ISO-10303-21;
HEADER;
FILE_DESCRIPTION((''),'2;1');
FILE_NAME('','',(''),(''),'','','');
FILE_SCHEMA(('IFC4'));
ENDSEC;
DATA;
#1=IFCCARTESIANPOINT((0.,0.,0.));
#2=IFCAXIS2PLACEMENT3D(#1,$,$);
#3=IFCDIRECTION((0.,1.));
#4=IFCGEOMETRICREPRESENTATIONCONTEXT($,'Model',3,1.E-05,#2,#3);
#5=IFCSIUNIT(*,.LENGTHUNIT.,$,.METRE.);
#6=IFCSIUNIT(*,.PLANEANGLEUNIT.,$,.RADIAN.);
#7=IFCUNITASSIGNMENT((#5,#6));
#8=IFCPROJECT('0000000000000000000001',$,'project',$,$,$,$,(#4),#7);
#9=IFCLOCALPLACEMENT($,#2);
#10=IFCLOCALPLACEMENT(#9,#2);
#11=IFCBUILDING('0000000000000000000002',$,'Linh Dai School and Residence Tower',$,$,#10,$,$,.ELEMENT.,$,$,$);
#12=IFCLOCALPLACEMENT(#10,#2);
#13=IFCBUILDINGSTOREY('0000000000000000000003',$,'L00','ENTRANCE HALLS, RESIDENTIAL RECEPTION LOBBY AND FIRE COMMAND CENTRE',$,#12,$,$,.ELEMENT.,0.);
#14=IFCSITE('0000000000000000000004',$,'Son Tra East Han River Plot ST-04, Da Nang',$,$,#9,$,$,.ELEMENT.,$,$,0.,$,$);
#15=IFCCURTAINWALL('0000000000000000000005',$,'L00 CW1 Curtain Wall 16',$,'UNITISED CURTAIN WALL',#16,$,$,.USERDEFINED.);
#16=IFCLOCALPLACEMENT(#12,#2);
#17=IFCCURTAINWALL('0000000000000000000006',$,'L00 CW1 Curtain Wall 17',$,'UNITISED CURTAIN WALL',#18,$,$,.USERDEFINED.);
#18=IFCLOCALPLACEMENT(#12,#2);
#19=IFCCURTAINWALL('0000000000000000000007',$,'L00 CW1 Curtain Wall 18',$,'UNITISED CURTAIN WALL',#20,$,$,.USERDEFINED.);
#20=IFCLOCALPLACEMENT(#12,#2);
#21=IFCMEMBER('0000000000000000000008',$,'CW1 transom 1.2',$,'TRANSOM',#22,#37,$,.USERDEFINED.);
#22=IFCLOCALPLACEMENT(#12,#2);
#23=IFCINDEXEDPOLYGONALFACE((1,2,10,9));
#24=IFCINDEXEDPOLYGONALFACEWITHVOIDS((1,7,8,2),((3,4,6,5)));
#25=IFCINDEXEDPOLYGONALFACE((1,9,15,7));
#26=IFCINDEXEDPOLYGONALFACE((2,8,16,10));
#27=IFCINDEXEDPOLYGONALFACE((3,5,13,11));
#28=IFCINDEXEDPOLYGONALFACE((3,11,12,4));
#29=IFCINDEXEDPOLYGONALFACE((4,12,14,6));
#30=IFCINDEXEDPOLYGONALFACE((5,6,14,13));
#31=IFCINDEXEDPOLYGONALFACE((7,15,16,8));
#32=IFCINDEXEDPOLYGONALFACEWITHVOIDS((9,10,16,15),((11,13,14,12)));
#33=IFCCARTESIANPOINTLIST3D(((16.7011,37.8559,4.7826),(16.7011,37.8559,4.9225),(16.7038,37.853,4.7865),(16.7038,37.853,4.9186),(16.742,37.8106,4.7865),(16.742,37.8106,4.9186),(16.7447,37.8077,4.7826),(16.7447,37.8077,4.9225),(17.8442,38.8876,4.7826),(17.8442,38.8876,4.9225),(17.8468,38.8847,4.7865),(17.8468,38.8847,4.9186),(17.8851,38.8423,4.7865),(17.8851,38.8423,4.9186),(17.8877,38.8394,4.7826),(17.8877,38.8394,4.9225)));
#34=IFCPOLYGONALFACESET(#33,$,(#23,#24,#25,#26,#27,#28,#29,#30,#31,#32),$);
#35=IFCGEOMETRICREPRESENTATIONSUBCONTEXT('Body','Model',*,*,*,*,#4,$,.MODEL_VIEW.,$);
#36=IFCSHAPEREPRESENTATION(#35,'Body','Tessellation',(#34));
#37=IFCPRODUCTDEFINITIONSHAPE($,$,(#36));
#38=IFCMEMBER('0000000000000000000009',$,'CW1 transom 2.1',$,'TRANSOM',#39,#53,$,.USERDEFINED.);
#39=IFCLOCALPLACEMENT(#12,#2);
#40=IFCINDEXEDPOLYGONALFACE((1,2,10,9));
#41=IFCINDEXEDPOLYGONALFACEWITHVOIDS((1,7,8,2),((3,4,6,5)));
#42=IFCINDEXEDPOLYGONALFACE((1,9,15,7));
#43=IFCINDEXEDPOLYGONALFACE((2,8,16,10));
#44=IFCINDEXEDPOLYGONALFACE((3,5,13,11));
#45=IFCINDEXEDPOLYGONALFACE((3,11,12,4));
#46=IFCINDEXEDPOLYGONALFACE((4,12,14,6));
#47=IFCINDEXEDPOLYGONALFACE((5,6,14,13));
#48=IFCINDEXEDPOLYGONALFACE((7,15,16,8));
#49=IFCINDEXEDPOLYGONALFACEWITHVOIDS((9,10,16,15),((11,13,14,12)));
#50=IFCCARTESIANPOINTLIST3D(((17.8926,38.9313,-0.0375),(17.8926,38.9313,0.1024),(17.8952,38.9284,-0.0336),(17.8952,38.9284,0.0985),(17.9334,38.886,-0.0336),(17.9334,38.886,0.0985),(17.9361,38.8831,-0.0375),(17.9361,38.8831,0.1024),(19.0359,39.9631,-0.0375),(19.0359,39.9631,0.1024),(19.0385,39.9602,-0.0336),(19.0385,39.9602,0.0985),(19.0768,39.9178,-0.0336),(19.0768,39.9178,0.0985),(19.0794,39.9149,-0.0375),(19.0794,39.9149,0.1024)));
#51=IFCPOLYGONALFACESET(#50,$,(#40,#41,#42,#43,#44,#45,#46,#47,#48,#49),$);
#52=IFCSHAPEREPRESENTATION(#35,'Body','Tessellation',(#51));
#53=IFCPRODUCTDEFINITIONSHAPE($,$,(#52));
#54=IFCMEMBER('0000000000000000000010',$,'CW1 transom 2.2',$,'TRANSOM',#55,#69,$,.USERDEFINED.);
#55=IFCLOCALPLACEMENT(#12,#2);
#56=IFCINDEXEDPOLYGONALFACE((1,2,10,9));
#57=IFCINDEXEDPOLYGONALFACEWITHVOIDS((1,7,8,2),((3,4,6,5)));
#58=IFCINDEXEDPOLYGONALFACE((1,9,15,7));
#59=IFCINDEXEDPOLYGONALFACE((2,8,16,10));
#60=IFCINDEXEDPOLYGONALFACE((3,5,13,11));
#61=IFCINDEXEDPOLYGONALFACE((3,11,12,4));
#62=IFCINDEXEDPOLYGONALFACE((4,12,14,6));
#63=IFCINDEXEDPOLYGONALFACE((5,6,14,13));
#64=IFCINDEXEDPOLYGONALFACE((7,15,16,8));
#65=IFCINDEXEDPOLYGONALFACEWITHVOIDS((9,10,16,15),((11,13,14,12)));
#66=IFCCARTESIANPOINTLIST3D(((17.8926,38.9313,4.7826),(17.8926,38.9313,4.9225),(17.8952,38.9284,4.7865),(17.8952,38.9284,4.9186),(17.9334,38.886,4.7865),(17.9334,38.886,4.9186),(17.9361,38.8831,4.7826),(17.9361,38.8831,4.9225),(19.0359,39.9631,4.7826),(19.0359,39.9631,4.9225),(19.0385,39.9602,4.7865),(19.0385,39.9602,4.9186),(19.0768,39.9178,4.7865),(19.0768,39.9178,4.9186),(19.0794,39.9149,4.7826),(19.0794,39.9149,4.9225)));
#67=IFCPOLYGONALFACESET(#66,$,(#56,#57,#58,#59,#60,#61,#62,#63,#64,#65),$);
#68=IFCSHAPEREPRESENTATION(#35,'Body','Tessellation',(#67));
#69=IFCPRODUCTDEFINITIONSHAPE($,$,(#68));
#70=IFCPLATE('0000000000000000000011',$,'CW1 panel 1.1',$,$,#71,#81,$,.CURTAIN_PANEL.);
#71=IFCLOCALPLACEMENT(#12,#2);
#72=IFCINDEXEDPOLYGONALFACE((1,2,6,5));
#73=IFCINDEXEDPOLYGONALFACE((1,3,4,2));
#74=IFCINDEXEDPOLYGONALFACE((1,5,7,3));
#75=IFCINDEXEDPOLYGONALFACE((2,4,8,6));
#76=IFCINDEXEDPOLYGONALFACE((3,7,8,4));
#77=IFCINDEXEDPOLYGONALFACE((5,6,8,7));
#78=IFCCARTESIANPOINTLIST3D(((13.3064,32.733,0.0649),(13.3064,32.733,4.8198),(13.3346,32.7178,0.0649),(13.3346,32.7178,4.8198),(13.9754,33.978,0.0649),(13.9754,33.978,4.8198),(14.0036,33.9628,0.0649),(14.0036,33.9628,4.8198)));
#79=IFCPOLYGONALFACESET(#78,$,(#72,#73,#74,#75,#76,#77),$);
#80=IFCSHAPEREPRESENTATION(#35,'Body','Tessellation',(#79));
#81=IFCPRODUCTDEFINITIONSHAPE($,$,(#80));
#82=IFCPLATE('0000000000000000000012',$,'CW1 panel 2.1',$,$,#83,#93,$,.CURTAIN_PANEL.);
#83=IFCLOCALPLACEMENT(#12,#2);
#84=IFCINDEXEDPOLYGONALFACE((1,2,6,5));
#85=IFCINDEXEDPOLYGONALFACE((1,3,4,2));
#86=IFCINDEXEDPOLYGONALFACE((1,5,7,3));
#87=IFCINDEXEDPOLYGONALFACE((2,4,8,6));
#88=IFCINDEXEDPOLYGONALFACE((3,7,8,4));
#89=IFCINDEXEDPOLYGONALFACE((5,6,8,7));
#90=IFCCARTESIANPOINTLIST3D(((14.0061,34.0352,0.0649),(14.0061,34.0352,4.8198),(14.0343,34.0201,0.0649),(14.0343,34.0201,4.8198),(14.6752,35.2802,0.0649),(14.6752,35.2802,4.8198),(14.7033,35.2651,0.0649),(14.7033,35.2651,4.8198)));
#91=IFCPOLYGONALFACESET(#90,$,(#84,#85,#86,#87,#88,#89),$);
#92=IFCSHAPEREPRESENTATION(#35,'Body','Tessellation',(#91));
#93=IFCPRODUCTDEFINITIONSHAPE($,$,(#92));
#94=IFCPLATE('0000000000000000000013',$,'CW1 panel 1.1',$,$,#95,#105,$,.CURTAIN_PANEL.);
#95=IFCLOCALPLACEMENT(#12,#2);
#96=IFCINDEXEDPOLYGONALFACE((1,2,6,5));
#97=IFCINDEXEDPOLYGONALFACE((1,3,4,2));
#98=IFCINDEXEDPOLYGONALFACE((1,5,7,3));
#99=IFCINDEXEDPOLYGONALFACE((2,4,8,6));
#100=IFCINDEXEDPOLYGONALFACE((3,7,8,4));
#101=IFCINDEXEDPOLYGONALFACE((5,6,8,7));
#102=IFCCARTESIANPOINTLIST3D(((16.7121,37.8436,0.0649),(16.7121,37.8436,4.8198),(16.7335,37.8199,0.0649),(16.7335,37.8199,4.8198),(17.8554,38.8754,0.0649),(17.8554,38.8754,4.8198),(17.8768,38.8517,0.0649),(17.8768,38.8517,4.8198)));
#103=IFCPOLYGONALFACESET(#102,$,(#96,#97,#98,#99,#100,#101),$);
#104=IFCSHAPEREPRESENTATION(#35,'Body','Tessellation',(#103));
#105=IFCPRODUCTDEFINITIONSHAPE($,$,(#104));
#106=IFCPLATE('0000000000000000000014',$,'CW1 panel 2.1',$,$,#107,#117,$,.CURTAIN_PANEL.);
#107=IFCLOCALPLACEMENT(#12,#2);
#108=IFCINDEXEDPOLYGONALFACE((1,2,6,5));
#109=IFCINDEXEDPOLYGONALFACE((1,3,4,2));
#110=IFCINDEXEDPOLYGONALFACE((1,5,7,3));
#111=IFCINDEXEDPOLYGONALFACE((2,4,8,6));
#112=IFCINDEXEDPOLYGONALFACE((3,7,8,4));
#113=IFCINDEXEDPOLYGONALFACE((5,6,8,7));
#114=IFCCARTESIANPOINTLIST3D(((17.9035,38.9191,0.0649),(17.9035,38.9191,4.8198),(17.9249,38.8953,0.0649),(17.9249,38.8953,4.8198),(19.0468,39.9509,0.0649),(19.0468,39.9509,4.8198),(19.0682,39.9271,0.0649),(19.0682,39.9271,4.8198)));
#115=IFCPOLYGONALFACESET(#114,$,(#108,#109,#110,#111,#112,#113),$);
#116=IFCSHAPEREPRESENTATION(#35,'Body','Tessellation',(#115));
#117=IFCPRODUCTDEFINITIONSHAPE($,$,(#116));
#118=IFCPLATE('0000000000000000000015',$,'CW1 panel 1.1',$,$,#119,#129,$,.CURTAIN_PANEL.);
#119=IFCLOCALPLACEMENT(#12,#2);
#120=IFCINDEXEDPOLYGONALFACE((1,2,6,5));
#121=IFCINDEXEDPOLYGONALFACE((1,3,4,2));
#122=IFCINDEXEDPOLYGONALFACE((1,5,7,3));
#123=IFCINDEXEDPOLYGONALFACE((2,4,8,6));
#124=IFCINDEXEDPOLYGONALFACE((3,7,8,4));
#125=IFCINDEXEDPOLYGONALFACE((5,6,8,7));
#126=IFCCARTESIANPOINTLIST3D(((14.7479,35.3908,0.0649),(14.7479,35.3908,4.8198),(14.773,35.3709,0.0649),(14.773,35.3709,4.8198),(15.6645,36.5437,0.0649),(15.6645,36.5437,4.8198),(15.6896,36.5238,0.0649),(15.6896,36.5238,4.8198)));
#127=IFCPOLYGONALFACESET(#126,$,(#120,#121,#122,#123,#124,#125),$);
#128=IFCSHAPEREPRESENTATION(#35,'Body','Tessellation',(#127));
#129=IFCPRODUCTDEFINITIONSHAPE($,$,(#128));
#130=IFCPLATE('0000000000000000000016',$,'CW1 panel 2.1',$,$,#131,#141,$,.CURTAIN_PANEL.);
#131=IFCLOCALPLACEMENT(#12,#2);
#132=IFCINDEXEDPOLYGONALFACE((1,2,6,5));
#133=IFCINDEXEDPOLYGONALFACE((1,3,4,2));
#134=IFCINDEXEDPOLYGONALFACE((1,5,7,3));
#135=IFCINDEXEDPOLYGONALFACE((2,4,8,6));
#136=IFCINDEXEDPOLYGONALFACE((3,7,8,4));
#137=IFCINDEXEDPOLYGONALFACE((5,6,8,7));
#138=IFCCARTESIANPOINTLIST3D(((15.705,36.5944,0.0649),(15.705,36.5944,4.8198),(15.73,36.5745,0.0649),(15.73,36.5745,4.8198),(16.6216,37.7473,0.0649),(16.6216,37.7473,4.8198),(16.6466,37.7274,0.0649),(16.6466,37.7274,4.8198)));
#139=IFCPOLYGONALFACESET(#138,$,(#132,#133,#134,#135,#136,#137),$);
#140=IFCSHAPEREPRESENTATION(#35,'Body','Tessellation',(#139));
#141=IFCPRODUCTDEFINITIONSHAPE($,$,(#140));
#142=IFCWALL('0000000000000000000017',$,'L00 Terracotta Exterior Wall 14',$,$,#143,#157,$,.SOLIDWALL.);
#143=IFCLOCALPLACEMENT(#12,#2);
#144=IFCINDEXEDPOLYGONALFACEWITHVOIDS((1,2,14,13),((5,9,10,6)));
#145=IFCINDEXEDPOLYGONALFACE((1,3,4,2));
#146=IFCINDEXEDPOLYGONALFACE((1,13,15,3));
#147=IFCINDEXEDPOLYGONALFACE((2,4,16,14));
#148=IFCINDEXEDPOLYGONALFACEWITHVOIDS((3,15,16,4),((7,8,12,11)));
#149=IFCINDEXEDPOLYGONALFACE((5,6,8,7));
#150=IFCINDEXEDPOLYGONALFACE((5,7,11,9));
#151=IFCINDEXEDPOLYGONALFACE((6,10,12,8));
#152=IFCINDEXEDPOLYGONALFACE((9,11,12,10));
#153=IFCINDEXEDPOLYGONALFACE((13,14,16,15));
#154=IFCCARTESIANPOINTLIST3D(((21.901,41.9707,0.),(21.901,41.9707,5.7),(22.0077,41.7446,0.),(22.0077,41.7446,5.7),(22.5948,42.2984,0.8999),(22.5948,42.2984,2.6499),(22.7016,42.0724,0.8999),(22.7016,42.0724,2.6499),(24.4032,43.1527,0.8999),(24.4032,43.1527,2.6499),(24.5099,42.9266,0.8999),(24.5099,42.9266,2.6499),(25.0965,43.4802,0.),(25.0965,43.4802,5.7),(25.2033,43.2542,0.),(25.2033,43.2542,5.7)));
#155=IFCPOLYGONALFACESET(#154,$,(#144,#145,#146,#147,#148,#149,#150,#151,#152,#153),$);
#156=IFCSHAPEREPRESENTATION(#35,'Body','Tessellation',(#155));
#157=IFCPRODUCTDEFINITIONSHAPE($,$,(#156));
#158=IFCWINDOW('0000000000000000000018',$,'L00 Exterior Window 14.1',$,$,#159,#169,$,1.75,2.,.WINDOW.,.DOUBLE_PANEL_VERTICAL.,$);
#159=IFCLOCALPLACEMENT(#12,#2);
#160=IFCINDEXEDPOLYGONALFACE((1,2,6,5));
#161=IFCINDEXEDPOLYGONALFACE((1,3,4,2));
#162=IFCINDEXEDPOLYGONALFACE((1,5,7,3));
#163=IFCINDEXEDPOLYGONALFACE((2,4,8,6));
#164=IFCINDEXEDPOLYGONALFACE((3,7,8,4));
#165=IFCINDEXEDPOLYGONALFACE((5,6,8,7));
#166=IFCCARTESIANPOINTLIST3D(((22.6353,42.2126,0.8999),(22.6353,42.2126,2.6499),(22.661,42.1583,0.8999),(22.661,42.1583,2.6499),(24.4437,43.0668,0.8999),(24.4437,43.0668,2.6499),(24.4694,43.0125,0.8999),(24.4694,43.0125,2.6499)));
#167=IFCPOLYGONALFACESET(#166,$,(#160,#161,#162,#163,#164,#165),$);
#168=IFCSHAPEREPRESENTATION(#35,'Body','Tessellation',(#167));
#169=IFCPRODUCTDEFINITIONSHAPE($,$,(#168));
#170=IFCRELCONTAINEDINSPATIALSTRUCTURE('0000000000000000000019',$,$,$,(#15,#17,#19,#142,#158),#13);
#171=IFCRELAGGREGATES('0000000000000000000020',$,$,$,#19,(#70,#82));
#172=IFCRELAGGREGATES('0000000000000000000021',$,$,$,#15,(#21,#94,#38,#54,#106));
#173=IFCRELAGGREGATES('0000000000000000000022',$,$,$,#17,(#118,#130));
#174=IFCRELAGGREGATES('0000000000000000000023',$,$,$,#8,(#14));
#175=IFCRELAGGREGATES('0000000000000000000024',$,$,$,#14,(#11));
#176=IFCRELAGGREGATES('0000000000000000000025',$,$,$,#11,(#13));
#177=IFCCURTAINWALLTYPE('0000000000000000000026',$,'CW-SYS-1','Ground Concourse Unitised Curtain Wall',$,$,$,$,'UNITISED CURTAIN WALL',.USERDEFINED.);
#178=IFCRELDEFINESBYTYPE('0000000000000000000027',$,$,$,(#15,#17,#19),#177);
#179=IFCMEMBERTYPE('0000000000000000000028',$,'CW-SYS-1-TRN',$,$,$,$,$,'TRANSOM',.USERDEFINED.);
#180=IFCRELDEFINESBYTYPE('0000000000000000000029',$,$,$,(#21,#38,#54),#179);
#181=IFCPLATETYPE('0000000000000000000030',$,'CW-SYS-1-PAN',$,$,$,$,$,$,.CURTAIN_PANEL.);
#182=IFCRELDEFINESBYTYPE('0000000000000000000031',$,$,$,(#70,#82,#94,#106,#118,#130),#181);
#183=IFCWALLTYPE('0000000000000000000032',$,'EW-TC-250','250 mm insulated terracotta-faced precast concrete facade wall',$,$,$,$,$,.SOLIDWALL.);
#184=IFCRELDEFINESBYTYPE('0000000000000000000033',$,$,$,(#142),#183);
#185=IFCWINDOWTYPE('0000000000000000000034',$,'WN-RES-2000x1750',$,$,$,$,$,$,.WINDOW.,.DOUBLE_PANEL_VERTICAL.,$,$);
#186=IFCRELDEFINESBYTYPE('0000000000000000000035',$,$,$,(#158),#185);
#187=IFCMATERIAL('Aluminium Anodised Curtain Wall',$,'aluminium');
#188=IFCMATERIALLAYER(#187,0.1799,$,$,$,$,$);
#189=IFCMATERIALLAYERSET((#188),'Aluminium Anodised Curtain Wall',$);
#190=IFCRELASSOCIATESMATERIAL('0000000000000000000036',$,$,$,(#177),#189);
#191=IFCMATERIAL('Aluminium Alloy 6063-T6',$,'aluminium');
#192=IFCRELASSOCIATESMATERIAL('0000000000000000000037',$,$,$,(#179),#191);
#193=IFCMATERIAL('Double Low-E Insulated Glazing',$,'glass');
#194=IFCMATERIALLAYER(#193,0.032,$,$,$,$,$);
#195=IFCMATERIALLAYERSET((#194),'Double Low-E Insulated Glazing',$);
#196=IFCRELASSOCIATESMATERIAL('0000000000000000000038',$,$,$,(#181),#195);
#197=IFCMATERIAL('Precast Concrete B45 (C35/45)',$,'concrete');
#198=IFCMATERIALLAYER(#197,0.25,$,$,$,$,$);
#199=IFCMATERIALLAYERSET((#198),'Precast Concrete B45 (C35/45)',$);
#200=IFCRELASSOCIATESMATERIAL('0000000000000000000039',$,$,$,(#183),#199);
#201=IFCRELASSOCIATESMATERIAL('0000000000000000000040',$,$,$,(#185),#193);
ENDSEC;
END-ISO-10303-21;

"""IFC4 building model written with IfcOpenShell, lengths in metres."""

from ifc_helpers import new_model, si_unit, direction, frame, frame_2d, origin, origin_2d, place, context, subcontext, project, spatial, rectangle, hollow_rectangle, extrude, source, transform, mapped, material, layer, layer_set, material_profile, profile_set, type_object, element, fill, aggregate, save


model = new_model("IFC4")

# Units and contexts
model_context = context("Model", 3, precision=1e-05, world=origin(), true_north=direction((0.0, 1.0)))
body_context = subcontext(model_context, "Body", "Model", "MODEL_VIEW")
ifc_project = project(units=[si_unit("LENGTHUNIT", "METRE"), si_unit("PLANEANGLEUNIT", "RADIAN")], contexts=[model_context])

# Site, building, storey
site_placement = place(None, origin())
site = spatial("IfcSite", under=ifc_project, at=site_placement, Name="Son Tra East Han River Plot ST-04, Da Nang", CompositionType="ELEMENT", RefElevation=0.0)
building_placement = place(site_placement, origin())
building = spatial("IfcBuilding", under=site, at=building_placement, Name="Linh Dai School and Residence Tower", CompositionType="ELEMENT")
storey_placement = place(building_placement, origin())
storey = spatial("IfcBuildingStorey", under=building, at=storey_placement, Name="L00", Description="ENTRANCE HALLS, RESIDENTIAL RECEPTION LOBBY AND FIRE COMMAND CENTRE", CompositionType="ELEMENT", Elevation=0.0)

# Curtain walls
ifc_material_1 = material(Name="Aluminium Anodised Curtain Wall", Category="aluminium")
ifc_layer_1 = layer(ifc_material_1, 0.1799)
ifc_layer_set_1 = layer_set([ifc_layer_1], Name="Aluminium Anodised Curtain Wall")
curtain_wall_type = type_object("IfcCurtainWallType", Name="CW-SYS-1", Description="Ground Concourse Unitised Curtain Wall", ElementType="UNITISED CURTAIN WALL", PredefinedType="USERDEFINED", material=ifc_layer_set_1)
curtain_wall_1_placement = place(storey_placement, origin())
curtain_wall_1 = element("IfcCurtainWall", 1, at=curtain_wall_1_placement, inside=storey, type_object=curtain_wall_type, Name="L00 CW1 Curtain Wall 16", ObjectType="UNITISED CURTAIN WALL", PredefinedType="USERDEFINED")
ifc_material_2 = material(Name="Aluminium Alloy 6063-T6", Category="aluminium")
curtain_wall_2_placement = place(storey_placement, origin())
curtain_wall_2 = element("IfcCurtainWall", 2, at=curtain_wall_2_placement, inside=storey, type_object=curtain_wall_type, Name="L00 CW1 Curtain Wall 17", ObjectType="UNITISED CURTAIN WALL", PredefinedType="USERDEFINED")
curtain_wall_3_placement = place(storey_placement, origin())
curtain_wall_3 = element("IfcCurtainWall", 3, at=curtain_wall_3_placement, inside=storey, type_object=curtain_wall_type, Name="L00 CW1 Curtain Wall 18", ObjectType="UNITISED CURTAIN WALL", PredefinedType="USERDEFINED")
ifc_material_profile_1 = material_profile(ifc_material_2, hollow_rectangle(XDim=0.0649, YDim=0.1399, WallThickness=0.0039, at=origin_2d()), Name="RHS 140x65x4")
ifc_profile_set_1 = profile_set([ifc_material_profile_1], Name="Aluminium Alloy 6063-T6")
member_type_1 = type_object("IfcMemberType", Name="CW-SYS-1-TRN", ElementType="TRANSOM", PredefinedType="USERDEFINED", material=ifc_profile_set_1)

# Members
shared_shape_1 = source(origin(), body_context, "Body", "SweptSolid", [
    extrude(hollow_rectangle(XDim=0.0649, YDim=0.1399, WallThickness=0.0039, at=origin_2d()), origin(), (0.0, 0.0, 1.0), 1.5398),
])
member_1_placement = place(storey_placement, frame((16.7229, 37.8318, 4.8525), z_axis=(0.742332, 0.670033, 0.0), x_axis=(-0.670033, 0.742332, 0.0)))
member_1 = element("IfcMember", 4, at=member_1_placement, type_object=member_type_1, Name="CW1 transom 1.2", ObjectType="TRANSOM", PredefinedType="USERDEFINED", context=body_context, shape_type="MappedRepresentation", body=[
    mapped(shared_shape_1, transform((0.0, 0.0, 0.0), x_axis=(1.0, 0.0, 0.0), y_axis=(0.0, 1.0, 0.0), z_axis=(0.0, 0.0, 1.0), scale=1.0)),
])
shared_shape_2 = source(origin(), body_context, "Body", "SweptSolid", [
    extrude(hollow_rectangle(XDim=0.0649, YDim=0.1399, WallThickness=0.0039, at=origin_2d()), origin(), (0.0, 0.0, 1.0), 1.54),
])
member_2_placement = place(storey_placement, frame((17.9143, 38.9072, 0.0325), z_axis=(0.742403, 0.669954, 0.0), x_axis=(-0.669954, 0.742403, 0.0)))
member_2 = element("IfcMember", 5, at=member_2_placement, type_object=member_type_1, Name="CW1 transom 2.1", ObjectType="TRANSOM", PredefinedType="USERDEFINED", context=body_context, shape_type="MappedRepresentation", body=[
    mapped(shared_shape_2, transform((0.0, 0.0, 0.0), x_axis=(1.0, 0.0, 0.0), y_axis=(0.0, 1.0, 0.0), z_axis=(0.0, 0.0, 1.0), scale=1.0)),
])
member_3_placement = place(storey_placement, frame((17.9143, 38.9072, 4.8525), z_axis=(0.742403, 0.669954, 0.0), x_axis=(-0.669954, 0.742403, 0.0)))
member_3 = element("IfcMember", 6, at=member_3_placement, type_object=member_type_1, Name="CW1 transom 2.2", ObjectType="TRANSOM", PredefinedType="USERDEFINED", context=body_context, shape_type="MappedRepresentation", body=[
    mapped(shared_shape_2, transform((0.0, 0.0, 0.0), x_axis=(1.0, 0.0, 0.0), y_axis=(0.0, 1.0, 0.0), z_axis=(0.0, 0.0, 1.0), scale=1.0)),
])

# Plates
ifc_material_3 = material(Name="Double Low-E Insulated Glazing", Category="glass")
ifc_layer_2 = layer(ifc_material_3, 0.032)
ifc_layer_set_2 = layer_set([ifc_layer_2], Name="Double Low-E Insulated Glazing")
plate_type = type_object("IfcPlateType", Name="CW-SYS-1-PAN", PredefinedType="CURTAIN_PANEL", material=ifc_layer_set_2)
shared_shape_3 = source(origin(), body_context, "Body", "SweptSolid", [
    extrude(rectangle(XDim=1.4133, YDim=0.032, at=origin_2d()), origin(), (0.0, 0.0, 1.0), 4.7549),
])
plate_1_placement = place(storey_placement, frame((13.655, 33.3479, 0.0649), z_axis=(0.0, 0.0, 1.0), x_axis=(0.473355, 0.880872, 0.0)))
plate_1 = element("IfcPlate", 7, at=plate_1_placement, type_object=plate_type, Name="CW1 panel 1.1", PredefinedType="CURTAIN_PANEL", context=body_context, shape_type="MappedRepresentation", body=[
    mapped(shared_shape_3, transform((0.0, 0.0, 0.0), x_axis=(1.0, 0.0, 0.0), y_axis=(0.0, 1.0, 0.0), z_axis=(0.0, 0.0, 1.0), scale=1.0)),
])
plate_2_placement = place(storey_placement, frame((14.3547, 34.6501, 0.0649), z_axis=(0.0, 0.0, 1.0), x_axis=(0.473355, 0.880872, 0.0)))
plate_2 = element("IfcPlate", 8, at=plate_2_placement, type_object=plate_type, Name="CW1 panel 2.1", PredefinedType="CURTAIN_PANEL", context=body_context, shape_type="MappedRepresentation", body=[
    mapped(shared_shape_3, transform((0.0, 0.0, 0.0), x_axis=(1.0, 0.0, 0.0), y_axis=(0.0, 1.0, 0.0), z_axis=(0.0, 0.0, 1.0), scale=1.0)),
])
aggregate(curtain_wall_3, [plate_1, plate_2])
shared_shape_4 = source(origin(), body_context, "Body", "SweptSolid", [
    extrude(rectangle(XDim=1.54, YDim=0.032, at=origin_2d()), origin(), (0.0, 0.0, 1.0), 4.7549),
])
plate_3_placement = place(storey_placement, frame((17.2944, 38.3477, 0.0649), z_axis=(0.0, 0.0, 1.0), x_axis=(0.742366, 0.669995, 0.0)))
plate_3 = element("IfcPlate", 9, at=plate_3_placement, type_object=plate_type, Name="CW1 panel 1.1", PredefinedType="CURTAIN_PANEL", context=body_context, shape_type="MappedRepresentation", body=[
    mapped(shared_shape_4, transform((0.0, 0.0, 0.0), x_axis=(1.0, 0.0, 0.0), y_axis=(0.0, 1.0, 0.0), z_axis=(0.0, 0.0, 1.0), scale=1.0)),
])
plate_4_placement = place(storey_placement, frame((18.4858, 39.4231, 0.0649), z_axis=(0.0, 0.0, 1.0), x_axis=(0.742366, 0.669995, 0.0)))
plate_4 = element("IfcPlate", 10, at=plate_4_placement, type_object=plate_type, Name="CW1 panel 2.1", PredefinedType="CURTAIN_PANEL", context=body_context, shape_type="MappedRepresentation", body=[
    mapped(shared_shape_4, transform((0.0, 0.0, 0.0), x_axis=(1.0, 0.0, 0.0), y_axis=(0.0, 1.0, 0.0), z_axis=(0.0, 0.0, 1.0), scale=1.0)),
])
aggregate(curtain_wall_1, [member_1, plate_3, member_2, member_3, plate_4])
shared_shape_5 = source(origin(), body_context, "Body", "SweptSolid", [
    extrude(rectangle(XDim=1.4729, YDim=0.032, at=origin_2d()), origin(), (0.0, 0.0, 1.0), 4.7549),
])
plate_5_placement = place(storey_placement, frame((15.2188, 35.9573, 0.0649), z_axis=(0.0, 0.0, 1.0), x_axis=(0.62231, 0.782771, 0.0)))
plate_5 = element("IfcPlate", 11, at=plate_5_placement, type_object=plate_type, Name="CW1 panel 1.1", PredefinedType="CURTAIN_PANEL", context=body_context, shape_type="MappedRepresentation", body=[
    mapped(shared_shape_5, transform((0.0, 0.0, 0.0), x_axis=(1.0, 0.0, 0.0), y_axis=(0.0, 1.0, 0.0), z_axis=(0.0, 0.0, 1.0), scale=1.0)),
])
plate_6_placement = place(storey_placement, frame((16.1758, 37.1609, 0.0649), z_axis=(0.0, 0.0, 1.0), x_axis=(0.62231, 0.782771, 0.0)))
plate_6 = element("IfcPlate", 12, at=plate_6_placement, type_object=plate_type, Name="CW1 panel 2.1", PredefinedType="CURTAIN_PANEL", context=body_context, shape_type="MappedRepresentation", body=[
    mapped(shared_shape_5, transform((0.0, 0.0, 0.0), x_axis=(1.0, 0.0, 0.0), y_axis=(0.0, 1.0, 0.0), z_axis=(0.0, 0.0, 1.0), scale=1.0)),
])
aggregate(curtain_wall_2, [plate_5, plate_6])

# Wall, opening, window
ifc_material_4 = material(Name="Precast Concrete B45 (C35/45)", Category="concrete")
ifc_layer_3 = layer(ifc_material_4, 0.25)
ifc_layer_set_3 = layer_set([ifc_layer_3], Name="Precast Concrete B45 (C35/45)")
wall_type_1 = type_object("IfcWallType", Name="EW-TC-250", Description="250 mm insulated terracotta-faced precast concrete facade wall", PredefinedType="SOLIDWALL", material=ifc_layer_set_3)
wall_1_placement = place(storey_placement, frame((21.9543, 41.8577, 0.0), z_axis=(0.0, 0.0, 1.0), x_axis=(0.904193, 0.427124, 0.0)))
wall_1 = element("IfcWall", 13, at=wall_1_placement, inside=storey, type_object=wall_type_1, Name="L00 Terracotta Exterior Wall 14", PredefinedType="SOLIDWALL", context=body_context, shape_type="SweptSolid", body=[
    extrude(rectangle(XDim=3.5342, YDim=0.25, at=frame_2d((1.7671, 0.0))), origin(), (0.0, 0.0, 1.0), 5.7),
])
opening_1_placement = place(wall_1_placement, frame((0.7673, 0.0, 0.8999)))
opening_1 = element("IfcOpeningElement", 14, at=opening_1_placement, cuts=wall_1, PredefinedType="OPENING", context=body_context, shape_type="SweptSolid", body=[
    extrude(rectangle(XDim=2.0, YDim=1.75, at=origin_2d()), frame((1.0, 0.135, 0.875), z_axis=(0.0, -1.0, 0.0), x_axis=(1.0, 0.0, 0.0)), (0.0, 0.0, 1.0), 0.27),
])
window_type = type_object("IfcWindowType", Name="WN-RES-2000x1750", PartitioningType="DOUBLE_PANEL_VERTICAL", PredefinedType="WINDOW", material=ifc_material_3)
shared_shape_6 = source(origin(), body_context, "Body", "SweptSolid", [
    extrude(rectangle(XDim=2.0, YDim=1.75, at=origin_2d()), frame((1.0, 0.03, 0.875), z_axis=(0.0, -1.0, 0.0), x_axis=(1.0, 0.0, 0.0)), (0.0, 0.0, 1.0), 0.0601),
])
window_placement = place(opening_1_placement, origin())
window = element("IfcWindow", 15, at=window_placement, inside=storey, type_object=window_type, Name="L00 Exterior Window 14.1", OverallHeight=1.75, OverallWidth=2.0, PartitioningType="DOUBLE_PANEL_VERTICAL", PredefinedType="WINDOW", context=body_context, shape_type="MappedRepresentation", body=[
    mapped(shared_shape_6, transform((0.0, 0.0, 0.0), x_axis=(1.0, 0.0, 0.0), y_axis=(0.0, 1.0, 0.0), z_axis=(0.0, 0.0, 1.0), scale=1.0)),
])
fill(opening_1, window)

save(model, "model.ifc")
